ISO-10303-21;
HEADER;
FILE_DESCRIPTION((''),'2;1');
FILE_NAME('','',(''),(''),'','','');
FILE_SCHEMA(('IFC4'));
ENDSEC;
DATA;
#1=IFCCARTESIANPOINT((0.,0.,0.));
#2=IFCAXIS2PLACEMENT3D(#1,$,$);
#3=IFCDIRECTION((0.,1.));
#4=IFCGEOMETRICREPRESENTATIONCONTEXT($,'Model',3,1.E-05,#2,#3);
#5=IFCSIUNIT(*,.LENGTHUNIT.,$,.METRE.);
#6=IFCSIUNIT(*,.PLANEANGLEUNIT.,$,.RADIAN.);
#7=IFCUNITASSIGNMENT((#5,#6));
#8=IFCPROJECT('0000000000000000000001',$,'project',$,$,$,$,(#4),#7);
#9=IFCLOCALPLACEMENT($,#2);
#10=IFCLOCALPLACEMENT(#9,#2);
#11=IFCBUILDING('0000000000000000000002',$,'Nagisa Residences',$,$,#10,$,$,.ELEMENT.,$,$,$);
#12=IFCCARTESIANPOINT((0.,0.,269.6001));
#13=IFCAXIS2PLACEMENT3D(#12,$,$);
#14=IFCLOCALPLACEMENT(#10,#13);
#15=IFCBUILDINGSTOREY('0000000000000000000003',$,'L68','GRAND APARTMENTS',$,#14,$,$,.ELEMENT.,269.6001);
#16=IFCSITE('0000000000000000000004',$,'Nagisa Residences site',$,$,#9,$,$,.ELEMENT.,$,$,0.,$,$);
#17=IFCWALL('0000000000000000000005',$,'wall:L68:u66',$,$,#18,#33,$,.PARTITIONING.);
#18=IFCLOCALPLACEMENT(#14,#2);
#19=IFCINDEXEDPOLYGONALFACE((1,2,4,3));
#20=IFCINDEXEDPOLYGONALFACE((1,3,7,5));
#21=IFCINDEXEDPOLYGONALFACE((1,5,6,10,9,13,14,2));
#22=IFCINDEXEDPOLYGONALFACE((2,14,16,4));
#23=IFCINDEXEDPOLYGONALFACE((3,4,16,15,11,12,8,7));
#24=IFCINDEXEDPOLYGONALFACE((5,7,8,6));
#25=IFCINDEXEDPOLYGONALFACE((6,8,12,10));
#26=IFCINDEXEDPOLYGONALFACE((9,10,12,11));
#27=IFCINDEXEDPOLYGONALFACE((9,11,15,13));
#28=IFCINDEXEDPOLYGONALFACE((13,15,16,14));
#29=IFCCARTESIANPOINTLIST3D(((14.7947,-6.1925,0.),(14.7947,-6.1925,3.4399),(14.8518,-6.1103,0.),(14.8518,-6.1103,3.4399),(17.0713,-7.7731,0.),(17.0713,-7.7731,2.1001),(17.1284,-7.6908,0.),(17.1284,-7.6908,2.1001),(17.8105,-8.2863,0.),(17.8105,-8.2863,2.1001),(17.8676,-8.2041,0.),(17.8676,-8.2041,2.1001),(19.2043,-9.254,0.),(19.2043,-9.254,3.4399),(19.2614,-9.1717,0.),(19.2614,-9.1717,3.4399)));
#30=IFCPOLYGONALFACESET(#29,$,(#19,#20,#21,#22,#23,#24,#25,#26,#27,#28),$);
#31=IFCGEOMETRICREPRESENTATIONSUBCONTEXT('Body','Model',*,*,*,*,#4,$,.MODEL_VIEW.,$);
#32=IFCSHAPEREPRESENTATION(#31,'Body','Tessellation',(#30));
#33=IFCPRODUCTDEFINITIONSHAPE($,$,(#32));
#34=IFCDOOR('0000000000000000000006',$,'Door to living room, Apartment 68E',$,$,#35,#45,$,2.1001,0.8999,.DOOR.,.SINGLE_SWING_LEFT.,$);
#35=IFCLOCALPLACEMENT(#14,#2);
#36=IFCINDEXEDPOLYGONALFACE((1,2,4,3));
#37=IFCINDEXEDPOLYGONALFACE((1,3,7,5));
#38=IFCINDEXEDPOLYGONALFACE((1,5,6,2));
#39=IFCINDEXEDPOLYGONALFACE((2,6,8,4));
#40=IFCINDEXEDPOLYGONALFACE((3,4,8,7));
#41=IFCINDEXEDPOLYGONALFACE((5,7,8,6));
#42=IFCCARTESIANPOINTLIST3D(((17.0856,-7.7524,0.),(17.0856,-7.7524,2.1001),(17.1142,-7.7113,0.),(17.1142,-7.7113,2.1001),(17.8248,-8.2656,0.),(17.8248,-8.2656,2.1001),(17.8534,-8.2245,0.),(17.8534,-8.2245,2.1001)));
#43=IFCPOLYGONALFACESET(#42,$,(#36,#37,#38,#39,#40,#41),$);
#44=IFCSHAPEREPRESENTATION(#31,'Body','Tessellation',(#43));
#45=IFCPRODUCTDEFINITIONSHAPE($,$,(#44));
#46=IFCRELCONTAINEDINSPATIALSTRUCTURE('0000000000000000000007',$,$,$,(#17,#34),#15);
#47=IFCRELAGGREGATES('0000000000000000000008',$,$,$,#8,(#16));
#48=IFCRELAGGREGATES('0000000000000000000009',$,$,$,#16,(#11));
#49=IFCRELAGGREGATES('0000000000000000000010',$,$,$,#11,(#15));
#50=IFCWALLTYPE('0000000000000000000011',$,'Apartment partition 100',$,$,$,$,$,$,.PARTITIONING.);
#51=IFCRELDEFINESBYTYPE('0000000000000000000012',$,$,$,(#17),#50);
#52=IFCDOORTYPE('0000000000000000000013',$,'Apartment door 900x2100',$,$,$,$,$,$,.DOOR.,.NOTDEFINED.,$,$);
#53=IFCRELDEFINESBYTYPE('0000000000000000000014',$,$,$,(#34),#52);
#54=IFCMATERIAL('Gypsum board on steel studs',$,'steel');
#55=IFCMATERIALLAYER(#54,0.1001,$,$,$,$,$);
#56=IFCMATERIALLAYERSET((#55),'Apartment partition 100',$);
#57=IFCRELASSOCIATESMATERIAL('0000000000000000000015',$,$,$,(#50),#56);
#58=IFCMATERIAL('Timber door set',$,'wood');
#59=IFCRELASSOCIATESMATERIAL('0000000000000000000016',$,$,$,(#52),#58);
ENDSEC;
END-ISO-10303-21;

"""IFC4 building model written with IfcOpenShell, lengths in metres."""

from ifc_helpers import new_model, si_unit, direction, frame, frame_2d, origin, place, context, subcontext, project, spatial, rectangle, extrude, material, layer, layer_set, type_object, element, fill, save


model = new_model("IFC4")

# Units and contexts
model_context = context("Model", 3, precision=1e-05, world=origin(), true_north=direction((0.0, 1.0)))
body_context = subcontext(model_context, "Body", "Model", "MODEL_VIEW")
ifc_project = project(units=[si_unit("LENGTHUNIT", "METRE"), si_unit("PLANEANGLEUNIT", "RADIAN")], contexts=[model_context])

# Site, building, storey
site_placement = place(None, origin())
site = spatial("IfcSite", under=ifc_project, at=site_placement, Name="Nagisa Residences site", CompositionType="ELEMENT", RefElevation=0.0)
building_placement = place(site_placement, origin())
building = spatial("IfcBuilding", under=site, at=building_placement, Name="Nagisa Residences", CompositionType="ELEMENT")
storey_placement = place(building_placement, frame((0.0, 0.0, 269.6001)))
storey = spatial("IfcBuildingStorey", under=building, at=storey_placement, Name="L68", Description="GRAND APARTMENTS", CompositionType="ELEMENT", Elevation=269.6001)

# Shared definitions
ifc_material_1 = material(Name="Gypsum board on steel studs", Category="steel")
ifc_layer_1 = layer(ifc_material_1, 0.1001)
ifc_layer_set_1 = layer_set([ifc_layer_1], Name="Apartment partition 100")
wall_type_1 = type_object("IfcWallType", Name="Apartment partition 100", PredefinedType="PARTITIONING", material=ifc_layer_set_1)
ifc_material_2 = material(Name="Timber door set", Category="wood")
door_type_1 = type_object("IfcDoorType", Name="Apartment door 900x2100", OperationType="NOTDEFINED", PredefinedType="DOOR", material=ifc_material_2)

# Wall, opening, door
wall_1_placement = place(storey_placement, frame((14.8232, -6.1514, 0.0), z_axis=(0.0, 0.0, 1.0), x_axis=(0.821435, -0.570302, 0.0)))
wall_1 = element("IfcWall", 1, at=wall_1_placement, inside=storey, type_object=wall_type_1, Name="wall:L68:u66", PredefinedType="PARTITIONING", context=body_context, shape_type="SweptSolid", body=[
    extrude(rectangle(XDim=5.3682, YDim=0.1001, at=frame_2d((2.6841, 0.0))), origin(), (0.0, 0.0, 1.0), 3.4399),
])
opening_1_placement = place(wall_1_placement, frame((2.7715, 0.0, 0.0)))
opening_1 = element("IfcOpeningElement", 2, at=opening_1_placement, cuts=wall_1, PredefinedType="OPENING", context=body_context, shape_type="SweptSolid", body=[
    extrude(rectangle(XDim=0.8999, YDim=2.1001, at=frame_2d((0.45, 1.05))), frame((0.0, 0.0601, 0.0), z_axis=(0.0, -1.0, 0.0), x_axis=(1.0, 0.0, 0.0)), (0.0, 0.0, 1.0), 0.1201),
])
door_1_placement = place(opening_1_placement, frame((0.8999, 0.0, 0.0), x_axis=(-1.0, 0.0, 0.0)))
door_1 = element("IfcDoor", 3, at=door_1_placement, inside=storey, type_object=door_type_1, Name="Door to living room, Apartment 68E", OperationType="SINGLE_SWING_LEFT", OverallHeight=2.1001, OverallWidth=0.8999, PredefinedType="DOOR", context=body_context, shape_type="SweptSolid", body=[
    extrude(rectangle(XDim=0.8999, YDim=2.1001, at=frame_2d((0.45, 1.05))), frame((0.0, 0.0249, 0.0), z_axis=(0.0, -1.0, 0.0), x_axis=(1.0, 0.0, 0.0)), (0.0, 0.0, 1.0), 0.05),
])
fill(opening_1, door_1)

save(model, "model.ifc")
